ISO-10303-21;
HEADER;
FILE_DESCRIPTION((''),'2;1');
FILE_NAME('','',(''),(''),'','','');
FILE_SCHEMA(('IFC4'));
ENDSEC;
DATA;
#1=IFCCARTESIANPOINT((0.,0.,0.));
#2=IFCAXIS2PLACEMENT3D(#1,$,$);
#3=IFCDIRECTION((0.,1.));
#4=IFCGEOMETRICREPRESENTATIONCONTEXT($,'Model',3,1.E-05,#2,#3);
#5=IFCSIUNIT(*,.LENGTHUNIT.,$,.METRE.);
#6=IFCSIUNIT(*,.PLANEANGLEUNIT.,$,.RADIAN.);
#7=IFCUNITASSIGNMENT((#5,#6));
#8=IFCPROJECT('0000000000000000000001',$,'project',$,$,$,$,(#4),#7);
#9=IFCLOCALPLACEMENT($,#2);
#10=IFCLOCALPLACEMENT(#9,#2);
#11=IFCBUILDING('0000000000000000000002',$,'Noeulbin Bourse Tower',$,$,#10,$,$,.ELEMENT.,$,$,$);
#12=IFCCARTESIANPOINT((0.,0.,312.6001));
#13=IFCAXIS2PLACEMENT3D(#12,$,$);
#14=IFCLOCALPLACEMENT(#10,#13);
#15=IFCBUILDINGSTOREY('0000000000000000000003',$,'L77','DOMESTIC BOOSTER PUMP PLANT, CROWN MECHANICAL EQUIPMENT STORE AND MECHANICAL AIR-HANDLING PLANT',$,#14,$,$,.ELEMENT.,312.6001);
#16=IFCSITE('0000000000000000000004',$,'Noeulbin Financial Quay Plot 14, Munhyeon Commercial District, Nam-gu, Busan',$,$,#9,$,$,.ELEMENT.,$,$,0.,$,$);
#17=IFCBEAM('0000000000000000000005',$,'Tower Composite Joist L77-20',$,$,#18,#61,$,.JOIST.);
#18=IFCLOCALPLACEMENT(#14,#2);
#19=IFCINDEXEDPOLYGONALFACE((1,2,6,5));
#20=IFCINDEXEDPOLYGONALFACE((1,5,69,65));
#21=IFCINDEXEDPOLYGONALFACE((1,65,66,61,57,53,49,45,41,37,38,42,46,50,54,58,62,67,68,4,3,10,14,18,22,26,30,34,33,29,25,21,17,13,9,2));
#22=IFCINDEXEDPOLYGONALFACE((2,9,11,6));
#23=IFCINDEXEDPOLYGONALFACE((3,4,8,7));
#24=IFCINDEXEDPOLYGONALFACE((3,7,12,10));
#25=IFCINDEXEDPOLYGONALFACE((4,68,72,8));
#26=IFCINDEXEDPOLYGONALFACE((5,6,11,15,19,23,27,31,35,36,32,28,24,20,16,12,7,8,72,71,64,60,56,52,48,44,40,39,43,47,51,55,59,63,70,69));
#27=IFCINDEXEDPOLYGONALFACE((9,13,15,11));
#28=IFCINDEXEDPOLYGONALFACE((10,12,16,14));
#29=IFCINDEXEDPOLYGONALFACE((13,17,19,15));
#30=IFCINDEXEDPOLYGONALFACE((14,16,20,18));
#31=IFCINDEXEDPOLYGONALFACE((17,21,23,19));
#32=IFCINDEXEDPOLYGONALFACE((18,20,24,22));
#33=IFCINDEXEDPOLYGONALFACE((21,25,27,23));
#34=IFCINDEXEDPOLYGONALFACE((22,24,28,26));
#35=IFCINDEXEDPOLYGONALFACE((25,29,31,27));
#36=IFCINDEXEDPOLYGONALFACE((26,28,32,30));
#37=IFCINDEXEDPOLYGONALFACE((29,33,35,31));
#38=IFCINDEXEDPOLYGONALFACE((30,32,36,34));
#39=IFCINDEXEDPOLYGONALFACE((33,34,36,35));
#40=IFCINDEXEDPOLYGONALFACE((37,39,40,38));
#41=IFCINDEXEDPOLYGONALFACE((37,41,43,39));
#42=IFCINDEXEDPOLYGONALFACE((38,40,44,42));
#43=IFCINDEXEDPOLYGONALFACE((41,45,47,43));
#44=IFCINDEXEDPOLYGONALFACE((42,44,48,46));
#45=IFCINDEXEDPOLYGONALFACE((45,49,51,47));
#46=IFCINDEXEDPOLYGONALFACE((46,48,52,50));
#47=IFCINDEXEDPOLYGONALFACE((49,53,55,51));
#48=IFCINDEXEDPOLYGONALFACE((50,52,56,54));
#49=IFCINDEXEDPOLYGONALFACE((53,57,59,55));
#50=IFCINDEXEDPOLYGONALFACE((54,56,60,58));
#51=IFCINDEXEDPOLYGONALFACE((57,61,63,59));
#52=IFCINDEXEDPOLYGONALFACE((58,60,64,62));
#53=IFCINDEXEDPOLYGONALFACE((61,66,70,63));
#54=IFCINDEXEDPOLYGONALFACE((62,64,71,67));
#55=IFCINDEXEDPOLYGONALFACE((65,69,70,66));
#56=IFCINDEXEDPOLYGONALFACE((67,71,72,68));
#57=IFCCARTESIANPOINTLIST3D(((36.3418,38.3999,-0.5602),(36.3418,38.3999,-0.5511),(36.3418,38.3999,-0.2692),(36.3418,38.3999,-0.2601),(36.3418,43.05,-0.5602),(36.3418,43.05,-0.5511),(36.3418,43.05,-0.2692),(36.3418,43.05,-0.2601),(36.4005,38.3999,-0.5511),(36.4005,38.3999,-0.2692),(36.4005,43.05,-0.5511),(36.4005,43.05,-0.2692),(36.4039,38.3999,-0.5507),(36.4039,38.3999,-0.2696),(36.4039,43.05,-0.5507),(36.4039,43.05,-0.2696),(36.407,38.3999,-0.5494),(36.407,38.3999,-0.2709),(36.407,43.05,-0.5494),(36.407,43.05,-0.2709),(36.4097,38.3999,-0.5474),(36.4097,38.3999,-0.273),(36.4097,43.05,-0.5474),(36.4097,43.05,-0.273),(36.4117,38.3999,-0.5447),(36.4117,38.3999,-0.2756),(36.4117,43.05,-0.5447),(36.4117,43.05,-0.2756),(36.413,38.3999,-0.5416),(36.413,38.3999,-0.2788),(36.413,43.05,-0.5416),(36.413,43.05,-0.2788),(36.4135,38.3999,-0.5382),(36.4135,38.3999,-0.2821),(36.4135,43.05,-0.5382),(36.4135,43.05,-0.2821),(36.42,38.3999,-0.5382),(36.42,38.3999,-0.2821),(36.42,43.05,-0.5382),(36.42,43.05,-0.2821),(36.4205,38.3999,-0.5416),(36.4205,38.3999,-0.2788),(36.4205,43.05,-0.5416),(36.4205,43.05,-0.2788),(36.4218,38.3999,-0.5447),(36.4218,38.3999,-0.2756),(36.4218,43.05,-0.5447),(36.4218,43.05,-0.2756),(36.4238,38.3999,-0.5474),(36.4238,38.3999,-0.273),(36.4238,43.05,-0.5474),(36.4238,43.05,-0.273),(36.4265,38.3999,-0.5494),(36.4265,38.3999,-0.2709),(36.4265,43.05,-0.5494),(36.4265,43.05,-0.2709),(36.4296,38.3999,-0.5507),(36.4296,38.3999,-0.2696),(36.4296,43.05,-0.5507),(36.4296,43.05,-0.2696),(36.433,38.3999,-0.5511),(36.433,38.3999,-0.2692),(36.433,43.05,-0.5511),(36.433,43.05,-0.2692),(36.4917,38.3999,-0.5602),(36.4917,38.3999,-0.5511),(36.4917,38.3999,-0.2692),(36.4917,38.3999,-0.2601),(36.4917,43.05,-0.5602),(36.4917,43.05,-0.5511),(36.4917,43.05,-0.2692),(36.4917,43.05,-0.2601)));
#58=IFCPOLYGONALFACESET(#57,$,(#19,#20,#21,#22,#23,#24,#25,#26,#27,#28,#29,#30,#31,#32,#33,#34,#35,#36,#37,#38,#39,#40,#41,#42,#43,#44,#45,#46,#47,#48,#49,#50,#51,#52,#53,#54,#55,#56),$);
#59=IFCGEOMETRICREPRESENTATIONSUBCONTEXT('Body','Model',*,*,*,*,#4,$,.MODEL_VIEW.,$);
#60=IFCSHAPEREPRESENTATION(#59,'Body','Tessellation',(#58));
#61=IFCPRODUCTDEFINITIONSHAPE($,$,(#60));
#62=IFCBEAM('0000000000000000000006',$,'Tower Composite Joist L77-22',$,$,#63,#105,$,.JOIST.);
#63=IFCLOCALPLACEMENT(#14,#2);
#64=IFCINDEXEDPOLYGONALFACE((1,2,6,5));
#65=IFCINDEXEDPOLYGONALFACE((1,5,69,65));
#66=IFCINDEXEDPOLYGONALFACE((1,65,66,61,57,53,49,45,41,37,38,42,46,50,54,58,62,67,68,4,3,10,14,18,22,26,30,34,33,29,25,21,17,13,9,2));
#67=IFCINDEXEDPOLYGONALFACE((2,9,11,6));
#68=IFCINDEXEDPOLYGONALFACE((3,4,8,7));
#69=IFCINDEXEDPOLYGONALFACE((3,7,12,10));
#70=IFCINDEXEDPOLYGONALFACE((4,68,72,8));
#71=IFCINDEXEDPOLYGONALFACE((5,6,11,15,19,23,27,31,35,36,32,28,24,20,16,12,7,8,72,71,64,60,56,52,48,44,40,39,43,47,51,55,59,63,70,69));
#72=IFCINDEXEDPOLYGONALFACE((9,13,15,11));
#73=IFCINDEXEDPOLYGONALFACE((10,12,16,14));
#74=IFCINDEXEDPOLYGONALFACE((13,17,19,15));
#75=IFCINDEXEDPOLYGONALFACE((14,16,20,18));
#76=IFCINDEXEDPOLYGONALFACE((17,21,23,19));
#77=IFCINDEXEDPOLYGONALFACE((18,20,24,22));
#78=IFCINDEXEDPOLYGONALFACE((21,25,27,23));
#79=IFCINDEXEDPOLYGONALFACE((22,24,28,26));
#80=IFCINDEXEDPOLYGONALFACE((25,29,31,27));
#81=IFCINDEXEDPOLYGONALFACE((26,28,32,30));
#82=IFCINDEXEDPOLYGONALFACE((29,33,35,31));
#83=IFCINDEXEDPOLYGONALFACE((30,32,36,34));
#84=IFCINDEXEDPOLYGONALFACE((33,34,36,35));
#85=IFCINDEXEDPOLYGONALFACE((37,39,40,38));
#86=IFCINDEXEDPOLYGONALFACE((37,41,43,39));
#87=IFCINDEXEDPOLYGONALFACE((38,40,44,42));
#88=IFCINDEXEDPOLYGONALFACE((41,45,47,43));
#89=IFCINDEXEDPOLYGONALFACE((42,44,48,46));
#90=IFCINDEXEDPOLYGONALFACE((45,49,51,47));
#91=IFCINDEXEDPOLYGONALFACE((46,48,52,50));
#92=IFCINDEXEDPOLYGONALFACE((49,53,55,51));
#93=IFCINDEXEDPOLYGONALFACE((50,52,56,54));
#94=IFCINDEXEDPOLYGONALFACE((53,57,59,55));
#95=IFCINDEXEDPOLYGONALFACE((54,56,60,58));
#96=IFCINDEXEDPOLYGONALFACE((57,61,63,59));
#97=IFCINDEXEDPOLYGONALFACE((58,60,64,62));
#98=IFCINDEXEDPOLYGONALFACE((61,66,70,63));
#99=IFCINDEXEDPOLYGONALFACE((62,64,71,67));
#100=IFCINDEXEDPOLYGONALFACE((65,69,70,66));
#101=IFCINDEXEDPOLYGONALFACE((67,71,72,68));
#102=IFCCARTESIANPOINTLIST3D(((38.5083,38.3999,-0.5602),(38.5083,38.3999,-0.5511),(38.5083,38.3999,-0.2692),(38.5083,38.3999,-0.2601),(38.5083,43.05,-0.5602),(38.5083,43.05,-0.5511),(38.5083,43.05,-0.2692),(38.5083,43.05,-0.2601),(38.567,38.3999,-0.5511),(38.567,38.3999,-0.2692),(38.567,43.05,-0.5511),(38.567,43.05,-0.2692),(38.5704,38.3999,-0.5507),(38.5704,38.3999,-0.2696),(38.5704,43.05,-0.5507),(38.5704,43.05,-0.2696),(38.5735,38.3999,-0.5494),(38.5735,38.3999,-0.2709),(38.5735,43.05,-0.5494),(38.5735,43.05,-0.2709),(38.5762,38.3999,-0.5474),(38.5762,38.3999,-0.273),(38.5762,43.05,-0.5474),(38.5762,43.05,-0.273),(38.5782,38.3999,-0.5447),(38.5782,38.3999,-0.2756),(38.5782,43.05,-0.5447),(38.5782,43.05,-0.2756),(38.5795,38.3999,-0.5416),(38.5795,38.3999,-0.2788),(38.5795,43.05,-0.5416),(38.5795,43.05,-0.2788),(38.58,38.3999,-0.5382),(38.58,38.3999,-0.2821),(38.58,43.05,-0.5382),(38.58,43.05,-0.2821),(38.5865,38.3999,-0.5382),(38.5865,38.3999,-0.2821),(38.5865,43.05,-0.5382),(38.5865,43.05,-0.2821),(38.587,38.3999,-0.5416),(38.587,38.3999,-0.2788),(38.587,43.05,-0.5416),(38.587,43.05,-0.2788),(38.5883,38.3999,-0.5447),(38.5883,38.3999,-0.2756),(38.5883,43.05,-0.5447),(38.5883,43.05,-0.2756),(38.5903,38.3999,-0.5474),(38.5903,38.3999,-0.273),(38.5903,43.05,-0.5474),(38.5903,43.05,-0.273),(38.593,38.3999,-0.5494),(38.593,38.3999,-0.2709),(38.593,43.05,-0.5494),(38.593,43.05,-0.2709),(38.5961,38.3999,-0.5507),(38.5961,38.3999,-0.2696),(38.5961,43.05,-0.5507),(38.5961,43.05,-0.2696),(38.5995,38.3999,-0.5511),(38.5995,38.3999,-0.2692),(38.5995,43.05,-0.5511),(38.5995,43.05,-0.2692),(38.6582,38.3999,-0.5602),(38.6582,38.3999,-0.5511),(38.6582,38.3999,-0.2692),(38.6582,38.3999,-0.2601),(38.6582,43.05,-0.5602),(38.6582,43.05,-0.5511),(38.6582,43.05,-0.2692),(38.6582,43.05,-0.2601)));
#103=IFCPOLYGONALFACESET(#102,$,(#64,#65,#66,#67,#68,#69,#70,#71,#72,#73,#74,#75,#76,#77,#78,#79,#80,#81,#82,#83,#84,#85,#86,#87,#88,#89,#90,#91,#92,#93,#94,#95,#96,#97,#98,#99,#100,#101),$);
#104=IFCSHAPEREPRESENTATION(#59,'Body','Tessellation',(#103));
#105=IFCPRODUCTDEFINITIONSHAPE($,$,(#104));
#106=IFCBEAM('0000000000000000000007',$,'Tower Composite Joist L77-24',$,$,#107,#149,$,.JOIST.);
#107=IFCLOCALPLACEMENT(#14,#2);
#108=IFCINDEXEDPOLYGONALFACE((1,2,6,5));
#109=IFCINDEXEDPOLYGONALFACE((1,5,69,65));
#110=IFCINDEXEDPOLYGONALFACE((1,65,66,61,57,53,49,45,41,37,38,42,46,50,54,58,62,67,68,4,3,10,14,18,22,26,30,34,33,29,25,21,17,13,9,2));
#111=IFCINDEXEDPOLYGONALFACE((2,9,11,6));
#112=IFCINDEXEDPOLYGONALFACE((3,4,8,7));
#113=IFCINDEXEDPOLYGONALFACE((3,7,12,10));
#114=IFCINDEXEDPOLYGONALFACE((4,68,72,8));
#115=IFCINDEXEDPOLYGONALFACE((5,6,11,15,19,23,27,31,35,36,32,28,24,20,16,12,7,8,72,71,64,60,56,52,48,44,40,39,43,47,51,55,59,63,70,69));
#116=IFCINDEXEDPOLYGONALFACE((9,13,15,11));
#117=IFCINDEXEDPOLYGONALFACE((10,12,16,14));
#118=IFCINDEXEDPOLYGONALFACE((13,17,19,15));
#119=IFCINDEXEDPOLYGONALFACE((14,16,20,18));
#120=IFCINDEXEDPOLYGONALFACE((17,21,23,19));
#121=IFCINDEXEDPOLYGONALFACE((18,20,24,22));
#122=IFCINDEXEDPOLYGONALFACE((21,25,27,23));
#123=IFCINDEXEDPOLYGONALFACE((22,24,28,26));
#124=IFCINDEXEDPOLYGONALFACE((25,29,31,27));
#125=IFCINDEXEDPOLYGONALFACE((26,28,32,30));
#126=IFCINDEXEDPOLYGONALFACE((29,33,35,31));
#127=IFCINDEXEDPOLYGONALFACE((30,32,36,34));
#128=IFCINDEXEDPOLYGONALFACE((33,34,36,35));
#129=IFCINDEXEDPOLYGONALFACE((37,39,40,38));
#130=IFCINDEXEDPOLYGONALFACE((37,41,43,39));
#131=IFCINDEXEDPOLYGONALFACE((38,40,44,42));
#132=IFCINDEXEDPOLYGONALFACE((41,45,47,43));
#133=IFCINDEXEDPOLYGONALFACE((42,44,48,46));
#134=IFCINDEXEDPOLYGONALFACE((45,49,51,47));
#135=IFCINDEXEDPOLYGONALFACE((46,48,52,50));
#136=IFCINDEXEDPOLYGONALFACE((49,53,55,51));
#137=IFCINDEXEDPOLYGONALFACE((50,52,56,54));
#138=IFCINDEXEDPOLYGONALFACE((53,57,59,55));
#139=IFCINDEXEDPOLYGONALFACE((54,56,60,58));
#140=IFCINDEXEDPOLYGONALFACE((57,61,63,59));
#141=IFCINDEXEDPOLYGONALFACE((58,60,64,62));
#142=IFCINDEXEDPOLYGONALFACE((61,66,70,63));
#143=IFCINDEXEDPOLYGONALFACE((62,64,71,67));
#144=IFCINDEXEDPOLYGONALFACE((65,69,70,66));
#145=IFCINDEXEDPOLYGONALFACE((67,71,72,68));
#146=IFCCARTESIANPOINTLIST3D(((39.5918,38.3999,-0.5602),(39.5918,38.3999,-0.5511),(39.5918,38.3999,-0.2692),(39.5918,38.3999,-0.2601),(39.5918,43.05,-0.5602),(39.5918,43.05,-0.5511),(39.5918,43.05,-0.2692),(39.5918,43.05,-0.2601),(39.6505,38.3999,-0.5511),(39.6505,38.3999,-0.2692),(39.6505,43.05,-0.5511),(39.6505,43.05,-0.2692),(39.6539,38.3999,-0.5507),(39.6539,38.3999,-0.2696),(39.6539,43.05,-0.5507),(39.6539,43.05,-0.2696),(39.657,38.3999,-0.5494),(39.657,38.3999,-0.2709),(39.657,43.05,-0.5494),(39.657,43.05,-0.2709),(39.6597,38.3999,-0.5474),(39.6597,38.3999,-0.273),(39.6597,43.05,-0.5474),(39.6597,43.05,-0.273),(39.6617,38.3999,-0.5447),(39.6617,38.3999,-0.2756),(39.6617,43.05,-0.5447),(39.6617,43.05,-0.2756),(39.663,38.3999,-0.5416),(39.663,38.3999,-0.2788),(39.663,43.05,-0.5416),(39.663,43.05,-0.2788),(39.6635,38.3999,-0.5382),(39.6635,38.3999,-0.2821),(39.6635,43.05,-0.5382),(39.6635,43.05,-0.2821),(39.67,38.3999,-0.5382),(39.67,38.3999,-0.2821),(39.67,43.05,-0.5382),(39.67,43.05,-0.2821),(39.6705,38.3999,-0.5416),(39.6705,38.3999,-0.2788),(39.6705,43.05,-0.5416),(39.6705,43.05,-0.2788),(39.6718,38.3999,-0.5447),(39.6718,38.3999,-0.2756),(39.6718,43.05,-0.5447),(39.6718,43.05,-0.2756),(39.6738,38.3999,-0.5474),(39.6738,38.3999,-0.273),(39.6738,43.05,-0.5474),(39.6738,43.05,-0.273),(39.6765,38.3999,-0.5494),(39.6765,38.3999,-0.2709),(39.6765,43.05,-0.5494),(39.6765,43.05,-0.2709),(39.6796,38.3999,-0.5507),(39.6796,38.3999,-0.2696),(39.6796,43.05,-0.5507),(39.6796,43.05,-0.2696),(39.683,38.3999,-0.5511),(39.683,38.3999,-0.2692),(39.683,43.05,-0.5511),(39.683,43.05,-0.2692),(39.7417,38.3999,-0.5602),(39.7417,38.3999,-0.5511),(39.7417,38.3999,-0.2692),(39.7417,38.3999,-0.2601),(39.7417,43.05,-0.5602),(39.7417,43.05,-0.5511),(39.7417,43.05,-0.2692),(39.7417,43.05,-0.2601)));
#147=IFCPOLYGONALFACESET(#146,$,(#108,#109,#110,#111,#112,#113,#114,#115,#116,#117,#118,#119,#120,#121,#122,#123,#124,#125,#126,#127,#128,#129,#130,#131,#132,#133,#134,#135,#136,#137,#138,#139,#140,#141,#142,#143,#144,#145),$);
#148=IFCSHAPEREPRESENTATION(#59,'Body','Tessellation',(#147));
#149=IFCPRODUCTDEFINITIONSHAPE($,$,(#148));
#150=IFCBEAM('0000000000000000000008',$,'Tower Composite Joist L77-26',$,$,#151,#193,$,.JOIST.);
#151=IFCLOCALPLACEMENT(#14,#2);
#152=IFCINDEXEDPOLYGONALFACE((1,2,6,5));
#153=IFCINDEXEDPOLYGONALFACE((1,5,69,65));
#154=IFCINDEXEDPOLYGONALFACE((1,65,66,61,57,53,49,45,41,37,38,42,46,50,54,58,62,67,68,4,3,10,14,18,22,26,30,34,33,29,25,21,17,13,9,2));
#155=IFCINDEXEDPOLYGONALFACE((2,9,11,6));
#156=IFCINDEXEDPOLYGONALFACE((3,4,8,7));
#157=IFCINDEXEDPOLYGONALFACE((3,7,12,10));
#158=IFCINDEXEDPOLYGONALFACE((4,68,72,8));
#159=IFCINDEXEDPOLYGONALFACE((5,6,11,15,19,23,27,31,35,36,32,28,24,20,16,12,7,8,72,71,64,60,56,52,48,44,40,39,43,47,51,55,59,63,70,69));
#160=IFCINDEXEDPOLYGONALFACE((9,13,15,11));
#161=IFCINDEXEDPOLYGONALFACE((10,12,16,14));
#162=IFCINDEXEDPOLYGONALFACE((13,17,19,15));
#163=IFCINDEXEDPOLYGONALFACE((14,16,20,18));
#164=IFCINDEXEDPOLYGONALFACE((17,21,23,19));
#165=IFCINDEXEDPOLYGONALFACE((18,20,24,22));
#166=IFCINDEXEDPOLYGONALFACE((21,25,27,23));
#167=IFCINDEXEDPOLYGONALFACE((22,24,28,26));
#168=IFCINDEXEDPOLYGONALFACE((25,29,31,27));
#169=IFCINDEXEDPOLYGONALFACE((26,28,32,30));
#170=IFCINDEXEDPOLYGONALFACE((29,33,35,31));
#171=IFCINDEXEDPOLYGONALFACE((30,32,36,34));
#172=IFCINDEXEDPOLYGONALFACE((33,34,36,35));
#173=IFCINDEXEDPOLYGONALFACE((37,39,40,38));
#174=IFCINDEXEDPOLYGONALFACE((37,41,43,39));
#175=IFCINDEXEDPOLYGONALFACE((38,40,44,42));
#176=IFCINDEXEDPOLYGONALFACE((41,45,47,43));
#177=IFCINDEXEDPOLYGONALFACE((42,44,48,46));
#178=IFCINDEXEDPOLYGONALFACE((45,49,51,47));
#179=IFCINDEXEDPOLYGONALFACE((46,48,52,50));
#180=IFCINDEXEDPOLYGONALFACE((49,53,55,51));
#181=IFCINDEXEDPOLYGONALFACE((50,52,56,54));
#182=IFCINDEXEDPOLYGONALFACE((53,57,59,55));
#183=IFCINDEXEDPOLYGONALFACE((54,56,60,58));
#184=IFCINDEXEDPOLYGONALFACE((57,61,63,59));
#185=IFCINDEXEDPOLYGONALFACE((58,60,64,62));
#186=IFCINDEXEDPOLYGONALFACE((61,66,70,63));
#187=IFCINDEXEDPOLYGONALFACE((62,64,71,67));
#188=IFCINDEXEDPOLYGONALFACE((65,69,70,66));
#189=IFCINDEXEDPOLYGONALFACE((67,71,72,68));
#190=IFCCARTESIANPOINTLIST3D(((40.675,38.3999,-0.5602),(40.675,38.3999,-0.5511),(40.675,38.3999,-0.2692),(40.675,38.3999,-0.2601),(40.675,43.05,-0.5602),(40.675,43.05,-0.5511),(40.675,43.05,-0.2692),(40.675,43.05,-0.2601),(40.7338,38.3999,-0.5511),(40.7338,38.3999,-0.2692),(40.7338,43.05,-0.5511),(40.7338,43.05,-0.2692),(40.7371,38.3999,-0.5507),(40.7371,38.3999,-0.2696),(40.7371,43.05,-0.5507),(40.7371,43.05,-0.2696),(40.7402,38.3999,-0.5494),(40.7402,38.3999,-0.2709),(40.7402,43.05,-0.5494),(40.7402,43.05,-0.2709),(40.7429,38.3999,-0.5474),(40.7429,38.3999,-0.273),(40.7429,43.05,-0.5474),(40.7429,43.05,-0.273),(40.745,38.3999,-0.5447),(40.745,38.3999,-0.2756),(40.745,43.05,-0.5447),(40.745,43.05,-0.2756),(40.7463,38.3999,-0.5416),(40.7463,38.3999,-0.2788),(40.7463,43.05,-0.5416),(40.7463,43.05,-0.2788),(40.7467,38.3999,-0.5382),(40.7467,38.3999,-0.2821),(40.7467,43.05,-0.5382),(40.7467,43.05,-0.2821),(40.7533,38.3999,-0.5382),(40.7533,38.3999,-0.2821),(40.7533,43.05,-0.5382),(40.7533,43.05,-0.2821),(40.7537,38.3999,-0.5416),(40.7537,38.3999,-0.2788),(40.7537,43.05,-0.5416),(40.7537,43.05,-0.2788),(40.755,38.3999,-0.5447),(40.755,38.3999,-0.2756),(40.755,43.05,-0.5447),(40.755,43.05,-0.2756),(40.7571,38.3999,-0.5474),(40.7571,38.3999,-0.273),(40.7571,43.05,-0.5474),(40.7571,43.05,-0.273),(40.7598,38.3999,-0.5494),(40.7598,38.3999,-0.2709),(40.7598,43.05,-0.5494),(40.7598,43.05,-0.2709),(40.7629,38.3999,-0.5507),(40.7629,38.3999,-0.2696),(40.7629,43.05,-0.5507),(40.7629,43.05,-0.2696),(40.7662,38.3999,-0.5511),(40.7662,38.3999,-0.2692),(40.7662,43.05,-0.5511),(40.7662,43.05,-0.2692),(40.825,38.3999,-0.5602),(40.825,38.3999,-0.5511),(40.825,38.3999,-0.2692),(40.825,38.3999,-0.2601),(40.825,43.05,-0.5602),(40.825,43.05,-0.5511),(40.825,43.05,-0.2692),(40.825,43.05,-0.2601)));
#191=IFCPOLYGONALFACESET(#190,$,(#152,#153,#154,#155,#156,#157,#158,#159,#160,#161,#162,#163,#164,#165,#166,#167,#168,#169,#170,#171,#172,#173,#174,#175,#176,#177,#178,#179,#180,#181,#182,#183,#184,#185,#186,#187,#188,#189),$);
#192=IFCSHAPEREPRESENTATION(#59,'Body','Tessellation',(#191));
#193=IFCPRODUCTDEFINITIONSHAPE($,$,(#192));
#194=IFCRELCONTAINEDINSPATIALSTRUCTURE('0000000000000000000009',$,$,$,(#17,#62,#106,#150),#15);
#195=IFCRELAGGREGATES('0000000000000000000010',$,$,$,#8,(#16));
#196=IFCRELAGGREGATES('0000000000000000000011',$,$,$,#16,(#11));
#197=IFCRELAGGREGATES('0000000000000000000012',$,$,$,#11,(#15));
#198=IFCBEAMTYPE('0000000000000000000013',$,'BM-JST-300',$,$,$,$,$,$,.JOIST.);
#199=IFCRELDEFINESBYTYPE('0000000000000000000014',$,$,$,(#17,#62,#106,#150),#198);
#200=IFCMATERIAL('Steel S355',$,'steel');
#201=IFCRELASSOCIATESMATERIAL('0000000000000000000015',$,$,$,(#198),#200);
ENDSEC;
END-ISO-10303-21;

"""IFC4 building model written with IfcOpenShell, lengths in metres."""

from ifc_helpers import new_model, si_unit, direction, frame, origin, origin_2d, place, context, subcontext, project, spatial, i_section, extrude, material, material_profile, profile_set, type_object, element, save


model = new_model("IFC4")

# Units and contexts
model_context = context("Model", 3, precision=1e-05, world=origin(), true_north=direction((0.0, 1.0)))
body_context = subcontext(model_context, "Body", "Model", "MODEL_VIEW")
ifc_project = project(units=[si_unit("LENGTHUNIT", "METRE"), si_unit("PLANEANGLEUNIT", "RADIAN")], contexts=[model_context])

# Site, building, storey
site_placement = place(None, origin())
site = spatial("IfcSite", under=ifc_project, at=site_placement, Name="Noeulbin Financial Quay Plot 14, Munhyeon Commercial District, Nam-gu, Busan", CompositionType="ELEMENT", RefElevation=0.0)
building_placement = place(site_placement, origin())
building = spatial("IfcBuilding", under=site, at=building_placement, Name="Noeulbin Bourse Tower", CompositionType="ELEMENT")
storey_placement = place(building_placement, frame((0.0, 0.0, 312.6001)))
storey = spatial("IfcBuildingStorey", under=building, at=storey_placement, Name="L77", Description="DOMESTIC BOOSTER PUMP PLANT, CROWN MECHANICAL EQUIPMENT STORE AND MECHANICAL AIR-HANDLING PLANT", CompositionType="ELEMENT", Elevation=312.6001)

# Shared definitions
ifc_material_1 = material(Name="Steel S355", Category="steel")

# Beams
ifc_material_profile_1 = material_profile(ifc_material_1, i_section(OverallWidth=0.1499, OverallDepth=0.3, WebThickness=0.0066, FlangeThickness=0.009, FilletRadius=0.0129, at=origin_2d()), Name="H-300x150x6.5x9", Category="LoadBearing")
ifc_profile_set_1 = profile_set([ifc_material_profile_1], Name="Steel S355")
beam_type_1 = type_object("IfcBeamType", Name="BM-JST-300", PredefinedType="JOIST", material=ifc_profile_set_1)
for number, where, z_axis, x_axis, name in (
    (1, (36.4167, 38.3999, -0.4102), (0.0, 1.0, 0.0), (-1.0, 0.0, 0.0), "Tower Composite Joist L77-20"),
    (2, (38.5833, 38.3999, -0.4102), (0.0, 1.0, 0.0), (-1.0, 0.0, 0.0), "Tower Composite Joist L77-22"),
    (3, (39.6667, 38.3999, -0.4102), (0.0, 1.0, 0.0), (-1.0, 0.0, 0.0), "Tower Composite Joist L77-24"),
    (4, (40.75, 38.3999, -0.4102), (0.0, 1.0, 0.0), (-1.0, 0.0, 0.0), "Tower Composite Joist L77-26"),
):
    element("IfcBeam", number, at=place(storey_placement, frame(where, z_axis=z_axis, x_axis=x_axis)), inside=storey, type_object=beam_type_1, Name=name, PredefinedType="JOIST", context=body_context, shape_type="SweptSolid", body=[
        extrude(i_section(OverallWidth=0.1499, OverallDepth=0.3, WebThickness=0.0066, FlangeThickness=0.009, FilletRadius=0.0129, at=origin_2d()), origin(), (0.0, 0.0, 1.0), 4.6501),
    ])

save(model, "model.ifc")
